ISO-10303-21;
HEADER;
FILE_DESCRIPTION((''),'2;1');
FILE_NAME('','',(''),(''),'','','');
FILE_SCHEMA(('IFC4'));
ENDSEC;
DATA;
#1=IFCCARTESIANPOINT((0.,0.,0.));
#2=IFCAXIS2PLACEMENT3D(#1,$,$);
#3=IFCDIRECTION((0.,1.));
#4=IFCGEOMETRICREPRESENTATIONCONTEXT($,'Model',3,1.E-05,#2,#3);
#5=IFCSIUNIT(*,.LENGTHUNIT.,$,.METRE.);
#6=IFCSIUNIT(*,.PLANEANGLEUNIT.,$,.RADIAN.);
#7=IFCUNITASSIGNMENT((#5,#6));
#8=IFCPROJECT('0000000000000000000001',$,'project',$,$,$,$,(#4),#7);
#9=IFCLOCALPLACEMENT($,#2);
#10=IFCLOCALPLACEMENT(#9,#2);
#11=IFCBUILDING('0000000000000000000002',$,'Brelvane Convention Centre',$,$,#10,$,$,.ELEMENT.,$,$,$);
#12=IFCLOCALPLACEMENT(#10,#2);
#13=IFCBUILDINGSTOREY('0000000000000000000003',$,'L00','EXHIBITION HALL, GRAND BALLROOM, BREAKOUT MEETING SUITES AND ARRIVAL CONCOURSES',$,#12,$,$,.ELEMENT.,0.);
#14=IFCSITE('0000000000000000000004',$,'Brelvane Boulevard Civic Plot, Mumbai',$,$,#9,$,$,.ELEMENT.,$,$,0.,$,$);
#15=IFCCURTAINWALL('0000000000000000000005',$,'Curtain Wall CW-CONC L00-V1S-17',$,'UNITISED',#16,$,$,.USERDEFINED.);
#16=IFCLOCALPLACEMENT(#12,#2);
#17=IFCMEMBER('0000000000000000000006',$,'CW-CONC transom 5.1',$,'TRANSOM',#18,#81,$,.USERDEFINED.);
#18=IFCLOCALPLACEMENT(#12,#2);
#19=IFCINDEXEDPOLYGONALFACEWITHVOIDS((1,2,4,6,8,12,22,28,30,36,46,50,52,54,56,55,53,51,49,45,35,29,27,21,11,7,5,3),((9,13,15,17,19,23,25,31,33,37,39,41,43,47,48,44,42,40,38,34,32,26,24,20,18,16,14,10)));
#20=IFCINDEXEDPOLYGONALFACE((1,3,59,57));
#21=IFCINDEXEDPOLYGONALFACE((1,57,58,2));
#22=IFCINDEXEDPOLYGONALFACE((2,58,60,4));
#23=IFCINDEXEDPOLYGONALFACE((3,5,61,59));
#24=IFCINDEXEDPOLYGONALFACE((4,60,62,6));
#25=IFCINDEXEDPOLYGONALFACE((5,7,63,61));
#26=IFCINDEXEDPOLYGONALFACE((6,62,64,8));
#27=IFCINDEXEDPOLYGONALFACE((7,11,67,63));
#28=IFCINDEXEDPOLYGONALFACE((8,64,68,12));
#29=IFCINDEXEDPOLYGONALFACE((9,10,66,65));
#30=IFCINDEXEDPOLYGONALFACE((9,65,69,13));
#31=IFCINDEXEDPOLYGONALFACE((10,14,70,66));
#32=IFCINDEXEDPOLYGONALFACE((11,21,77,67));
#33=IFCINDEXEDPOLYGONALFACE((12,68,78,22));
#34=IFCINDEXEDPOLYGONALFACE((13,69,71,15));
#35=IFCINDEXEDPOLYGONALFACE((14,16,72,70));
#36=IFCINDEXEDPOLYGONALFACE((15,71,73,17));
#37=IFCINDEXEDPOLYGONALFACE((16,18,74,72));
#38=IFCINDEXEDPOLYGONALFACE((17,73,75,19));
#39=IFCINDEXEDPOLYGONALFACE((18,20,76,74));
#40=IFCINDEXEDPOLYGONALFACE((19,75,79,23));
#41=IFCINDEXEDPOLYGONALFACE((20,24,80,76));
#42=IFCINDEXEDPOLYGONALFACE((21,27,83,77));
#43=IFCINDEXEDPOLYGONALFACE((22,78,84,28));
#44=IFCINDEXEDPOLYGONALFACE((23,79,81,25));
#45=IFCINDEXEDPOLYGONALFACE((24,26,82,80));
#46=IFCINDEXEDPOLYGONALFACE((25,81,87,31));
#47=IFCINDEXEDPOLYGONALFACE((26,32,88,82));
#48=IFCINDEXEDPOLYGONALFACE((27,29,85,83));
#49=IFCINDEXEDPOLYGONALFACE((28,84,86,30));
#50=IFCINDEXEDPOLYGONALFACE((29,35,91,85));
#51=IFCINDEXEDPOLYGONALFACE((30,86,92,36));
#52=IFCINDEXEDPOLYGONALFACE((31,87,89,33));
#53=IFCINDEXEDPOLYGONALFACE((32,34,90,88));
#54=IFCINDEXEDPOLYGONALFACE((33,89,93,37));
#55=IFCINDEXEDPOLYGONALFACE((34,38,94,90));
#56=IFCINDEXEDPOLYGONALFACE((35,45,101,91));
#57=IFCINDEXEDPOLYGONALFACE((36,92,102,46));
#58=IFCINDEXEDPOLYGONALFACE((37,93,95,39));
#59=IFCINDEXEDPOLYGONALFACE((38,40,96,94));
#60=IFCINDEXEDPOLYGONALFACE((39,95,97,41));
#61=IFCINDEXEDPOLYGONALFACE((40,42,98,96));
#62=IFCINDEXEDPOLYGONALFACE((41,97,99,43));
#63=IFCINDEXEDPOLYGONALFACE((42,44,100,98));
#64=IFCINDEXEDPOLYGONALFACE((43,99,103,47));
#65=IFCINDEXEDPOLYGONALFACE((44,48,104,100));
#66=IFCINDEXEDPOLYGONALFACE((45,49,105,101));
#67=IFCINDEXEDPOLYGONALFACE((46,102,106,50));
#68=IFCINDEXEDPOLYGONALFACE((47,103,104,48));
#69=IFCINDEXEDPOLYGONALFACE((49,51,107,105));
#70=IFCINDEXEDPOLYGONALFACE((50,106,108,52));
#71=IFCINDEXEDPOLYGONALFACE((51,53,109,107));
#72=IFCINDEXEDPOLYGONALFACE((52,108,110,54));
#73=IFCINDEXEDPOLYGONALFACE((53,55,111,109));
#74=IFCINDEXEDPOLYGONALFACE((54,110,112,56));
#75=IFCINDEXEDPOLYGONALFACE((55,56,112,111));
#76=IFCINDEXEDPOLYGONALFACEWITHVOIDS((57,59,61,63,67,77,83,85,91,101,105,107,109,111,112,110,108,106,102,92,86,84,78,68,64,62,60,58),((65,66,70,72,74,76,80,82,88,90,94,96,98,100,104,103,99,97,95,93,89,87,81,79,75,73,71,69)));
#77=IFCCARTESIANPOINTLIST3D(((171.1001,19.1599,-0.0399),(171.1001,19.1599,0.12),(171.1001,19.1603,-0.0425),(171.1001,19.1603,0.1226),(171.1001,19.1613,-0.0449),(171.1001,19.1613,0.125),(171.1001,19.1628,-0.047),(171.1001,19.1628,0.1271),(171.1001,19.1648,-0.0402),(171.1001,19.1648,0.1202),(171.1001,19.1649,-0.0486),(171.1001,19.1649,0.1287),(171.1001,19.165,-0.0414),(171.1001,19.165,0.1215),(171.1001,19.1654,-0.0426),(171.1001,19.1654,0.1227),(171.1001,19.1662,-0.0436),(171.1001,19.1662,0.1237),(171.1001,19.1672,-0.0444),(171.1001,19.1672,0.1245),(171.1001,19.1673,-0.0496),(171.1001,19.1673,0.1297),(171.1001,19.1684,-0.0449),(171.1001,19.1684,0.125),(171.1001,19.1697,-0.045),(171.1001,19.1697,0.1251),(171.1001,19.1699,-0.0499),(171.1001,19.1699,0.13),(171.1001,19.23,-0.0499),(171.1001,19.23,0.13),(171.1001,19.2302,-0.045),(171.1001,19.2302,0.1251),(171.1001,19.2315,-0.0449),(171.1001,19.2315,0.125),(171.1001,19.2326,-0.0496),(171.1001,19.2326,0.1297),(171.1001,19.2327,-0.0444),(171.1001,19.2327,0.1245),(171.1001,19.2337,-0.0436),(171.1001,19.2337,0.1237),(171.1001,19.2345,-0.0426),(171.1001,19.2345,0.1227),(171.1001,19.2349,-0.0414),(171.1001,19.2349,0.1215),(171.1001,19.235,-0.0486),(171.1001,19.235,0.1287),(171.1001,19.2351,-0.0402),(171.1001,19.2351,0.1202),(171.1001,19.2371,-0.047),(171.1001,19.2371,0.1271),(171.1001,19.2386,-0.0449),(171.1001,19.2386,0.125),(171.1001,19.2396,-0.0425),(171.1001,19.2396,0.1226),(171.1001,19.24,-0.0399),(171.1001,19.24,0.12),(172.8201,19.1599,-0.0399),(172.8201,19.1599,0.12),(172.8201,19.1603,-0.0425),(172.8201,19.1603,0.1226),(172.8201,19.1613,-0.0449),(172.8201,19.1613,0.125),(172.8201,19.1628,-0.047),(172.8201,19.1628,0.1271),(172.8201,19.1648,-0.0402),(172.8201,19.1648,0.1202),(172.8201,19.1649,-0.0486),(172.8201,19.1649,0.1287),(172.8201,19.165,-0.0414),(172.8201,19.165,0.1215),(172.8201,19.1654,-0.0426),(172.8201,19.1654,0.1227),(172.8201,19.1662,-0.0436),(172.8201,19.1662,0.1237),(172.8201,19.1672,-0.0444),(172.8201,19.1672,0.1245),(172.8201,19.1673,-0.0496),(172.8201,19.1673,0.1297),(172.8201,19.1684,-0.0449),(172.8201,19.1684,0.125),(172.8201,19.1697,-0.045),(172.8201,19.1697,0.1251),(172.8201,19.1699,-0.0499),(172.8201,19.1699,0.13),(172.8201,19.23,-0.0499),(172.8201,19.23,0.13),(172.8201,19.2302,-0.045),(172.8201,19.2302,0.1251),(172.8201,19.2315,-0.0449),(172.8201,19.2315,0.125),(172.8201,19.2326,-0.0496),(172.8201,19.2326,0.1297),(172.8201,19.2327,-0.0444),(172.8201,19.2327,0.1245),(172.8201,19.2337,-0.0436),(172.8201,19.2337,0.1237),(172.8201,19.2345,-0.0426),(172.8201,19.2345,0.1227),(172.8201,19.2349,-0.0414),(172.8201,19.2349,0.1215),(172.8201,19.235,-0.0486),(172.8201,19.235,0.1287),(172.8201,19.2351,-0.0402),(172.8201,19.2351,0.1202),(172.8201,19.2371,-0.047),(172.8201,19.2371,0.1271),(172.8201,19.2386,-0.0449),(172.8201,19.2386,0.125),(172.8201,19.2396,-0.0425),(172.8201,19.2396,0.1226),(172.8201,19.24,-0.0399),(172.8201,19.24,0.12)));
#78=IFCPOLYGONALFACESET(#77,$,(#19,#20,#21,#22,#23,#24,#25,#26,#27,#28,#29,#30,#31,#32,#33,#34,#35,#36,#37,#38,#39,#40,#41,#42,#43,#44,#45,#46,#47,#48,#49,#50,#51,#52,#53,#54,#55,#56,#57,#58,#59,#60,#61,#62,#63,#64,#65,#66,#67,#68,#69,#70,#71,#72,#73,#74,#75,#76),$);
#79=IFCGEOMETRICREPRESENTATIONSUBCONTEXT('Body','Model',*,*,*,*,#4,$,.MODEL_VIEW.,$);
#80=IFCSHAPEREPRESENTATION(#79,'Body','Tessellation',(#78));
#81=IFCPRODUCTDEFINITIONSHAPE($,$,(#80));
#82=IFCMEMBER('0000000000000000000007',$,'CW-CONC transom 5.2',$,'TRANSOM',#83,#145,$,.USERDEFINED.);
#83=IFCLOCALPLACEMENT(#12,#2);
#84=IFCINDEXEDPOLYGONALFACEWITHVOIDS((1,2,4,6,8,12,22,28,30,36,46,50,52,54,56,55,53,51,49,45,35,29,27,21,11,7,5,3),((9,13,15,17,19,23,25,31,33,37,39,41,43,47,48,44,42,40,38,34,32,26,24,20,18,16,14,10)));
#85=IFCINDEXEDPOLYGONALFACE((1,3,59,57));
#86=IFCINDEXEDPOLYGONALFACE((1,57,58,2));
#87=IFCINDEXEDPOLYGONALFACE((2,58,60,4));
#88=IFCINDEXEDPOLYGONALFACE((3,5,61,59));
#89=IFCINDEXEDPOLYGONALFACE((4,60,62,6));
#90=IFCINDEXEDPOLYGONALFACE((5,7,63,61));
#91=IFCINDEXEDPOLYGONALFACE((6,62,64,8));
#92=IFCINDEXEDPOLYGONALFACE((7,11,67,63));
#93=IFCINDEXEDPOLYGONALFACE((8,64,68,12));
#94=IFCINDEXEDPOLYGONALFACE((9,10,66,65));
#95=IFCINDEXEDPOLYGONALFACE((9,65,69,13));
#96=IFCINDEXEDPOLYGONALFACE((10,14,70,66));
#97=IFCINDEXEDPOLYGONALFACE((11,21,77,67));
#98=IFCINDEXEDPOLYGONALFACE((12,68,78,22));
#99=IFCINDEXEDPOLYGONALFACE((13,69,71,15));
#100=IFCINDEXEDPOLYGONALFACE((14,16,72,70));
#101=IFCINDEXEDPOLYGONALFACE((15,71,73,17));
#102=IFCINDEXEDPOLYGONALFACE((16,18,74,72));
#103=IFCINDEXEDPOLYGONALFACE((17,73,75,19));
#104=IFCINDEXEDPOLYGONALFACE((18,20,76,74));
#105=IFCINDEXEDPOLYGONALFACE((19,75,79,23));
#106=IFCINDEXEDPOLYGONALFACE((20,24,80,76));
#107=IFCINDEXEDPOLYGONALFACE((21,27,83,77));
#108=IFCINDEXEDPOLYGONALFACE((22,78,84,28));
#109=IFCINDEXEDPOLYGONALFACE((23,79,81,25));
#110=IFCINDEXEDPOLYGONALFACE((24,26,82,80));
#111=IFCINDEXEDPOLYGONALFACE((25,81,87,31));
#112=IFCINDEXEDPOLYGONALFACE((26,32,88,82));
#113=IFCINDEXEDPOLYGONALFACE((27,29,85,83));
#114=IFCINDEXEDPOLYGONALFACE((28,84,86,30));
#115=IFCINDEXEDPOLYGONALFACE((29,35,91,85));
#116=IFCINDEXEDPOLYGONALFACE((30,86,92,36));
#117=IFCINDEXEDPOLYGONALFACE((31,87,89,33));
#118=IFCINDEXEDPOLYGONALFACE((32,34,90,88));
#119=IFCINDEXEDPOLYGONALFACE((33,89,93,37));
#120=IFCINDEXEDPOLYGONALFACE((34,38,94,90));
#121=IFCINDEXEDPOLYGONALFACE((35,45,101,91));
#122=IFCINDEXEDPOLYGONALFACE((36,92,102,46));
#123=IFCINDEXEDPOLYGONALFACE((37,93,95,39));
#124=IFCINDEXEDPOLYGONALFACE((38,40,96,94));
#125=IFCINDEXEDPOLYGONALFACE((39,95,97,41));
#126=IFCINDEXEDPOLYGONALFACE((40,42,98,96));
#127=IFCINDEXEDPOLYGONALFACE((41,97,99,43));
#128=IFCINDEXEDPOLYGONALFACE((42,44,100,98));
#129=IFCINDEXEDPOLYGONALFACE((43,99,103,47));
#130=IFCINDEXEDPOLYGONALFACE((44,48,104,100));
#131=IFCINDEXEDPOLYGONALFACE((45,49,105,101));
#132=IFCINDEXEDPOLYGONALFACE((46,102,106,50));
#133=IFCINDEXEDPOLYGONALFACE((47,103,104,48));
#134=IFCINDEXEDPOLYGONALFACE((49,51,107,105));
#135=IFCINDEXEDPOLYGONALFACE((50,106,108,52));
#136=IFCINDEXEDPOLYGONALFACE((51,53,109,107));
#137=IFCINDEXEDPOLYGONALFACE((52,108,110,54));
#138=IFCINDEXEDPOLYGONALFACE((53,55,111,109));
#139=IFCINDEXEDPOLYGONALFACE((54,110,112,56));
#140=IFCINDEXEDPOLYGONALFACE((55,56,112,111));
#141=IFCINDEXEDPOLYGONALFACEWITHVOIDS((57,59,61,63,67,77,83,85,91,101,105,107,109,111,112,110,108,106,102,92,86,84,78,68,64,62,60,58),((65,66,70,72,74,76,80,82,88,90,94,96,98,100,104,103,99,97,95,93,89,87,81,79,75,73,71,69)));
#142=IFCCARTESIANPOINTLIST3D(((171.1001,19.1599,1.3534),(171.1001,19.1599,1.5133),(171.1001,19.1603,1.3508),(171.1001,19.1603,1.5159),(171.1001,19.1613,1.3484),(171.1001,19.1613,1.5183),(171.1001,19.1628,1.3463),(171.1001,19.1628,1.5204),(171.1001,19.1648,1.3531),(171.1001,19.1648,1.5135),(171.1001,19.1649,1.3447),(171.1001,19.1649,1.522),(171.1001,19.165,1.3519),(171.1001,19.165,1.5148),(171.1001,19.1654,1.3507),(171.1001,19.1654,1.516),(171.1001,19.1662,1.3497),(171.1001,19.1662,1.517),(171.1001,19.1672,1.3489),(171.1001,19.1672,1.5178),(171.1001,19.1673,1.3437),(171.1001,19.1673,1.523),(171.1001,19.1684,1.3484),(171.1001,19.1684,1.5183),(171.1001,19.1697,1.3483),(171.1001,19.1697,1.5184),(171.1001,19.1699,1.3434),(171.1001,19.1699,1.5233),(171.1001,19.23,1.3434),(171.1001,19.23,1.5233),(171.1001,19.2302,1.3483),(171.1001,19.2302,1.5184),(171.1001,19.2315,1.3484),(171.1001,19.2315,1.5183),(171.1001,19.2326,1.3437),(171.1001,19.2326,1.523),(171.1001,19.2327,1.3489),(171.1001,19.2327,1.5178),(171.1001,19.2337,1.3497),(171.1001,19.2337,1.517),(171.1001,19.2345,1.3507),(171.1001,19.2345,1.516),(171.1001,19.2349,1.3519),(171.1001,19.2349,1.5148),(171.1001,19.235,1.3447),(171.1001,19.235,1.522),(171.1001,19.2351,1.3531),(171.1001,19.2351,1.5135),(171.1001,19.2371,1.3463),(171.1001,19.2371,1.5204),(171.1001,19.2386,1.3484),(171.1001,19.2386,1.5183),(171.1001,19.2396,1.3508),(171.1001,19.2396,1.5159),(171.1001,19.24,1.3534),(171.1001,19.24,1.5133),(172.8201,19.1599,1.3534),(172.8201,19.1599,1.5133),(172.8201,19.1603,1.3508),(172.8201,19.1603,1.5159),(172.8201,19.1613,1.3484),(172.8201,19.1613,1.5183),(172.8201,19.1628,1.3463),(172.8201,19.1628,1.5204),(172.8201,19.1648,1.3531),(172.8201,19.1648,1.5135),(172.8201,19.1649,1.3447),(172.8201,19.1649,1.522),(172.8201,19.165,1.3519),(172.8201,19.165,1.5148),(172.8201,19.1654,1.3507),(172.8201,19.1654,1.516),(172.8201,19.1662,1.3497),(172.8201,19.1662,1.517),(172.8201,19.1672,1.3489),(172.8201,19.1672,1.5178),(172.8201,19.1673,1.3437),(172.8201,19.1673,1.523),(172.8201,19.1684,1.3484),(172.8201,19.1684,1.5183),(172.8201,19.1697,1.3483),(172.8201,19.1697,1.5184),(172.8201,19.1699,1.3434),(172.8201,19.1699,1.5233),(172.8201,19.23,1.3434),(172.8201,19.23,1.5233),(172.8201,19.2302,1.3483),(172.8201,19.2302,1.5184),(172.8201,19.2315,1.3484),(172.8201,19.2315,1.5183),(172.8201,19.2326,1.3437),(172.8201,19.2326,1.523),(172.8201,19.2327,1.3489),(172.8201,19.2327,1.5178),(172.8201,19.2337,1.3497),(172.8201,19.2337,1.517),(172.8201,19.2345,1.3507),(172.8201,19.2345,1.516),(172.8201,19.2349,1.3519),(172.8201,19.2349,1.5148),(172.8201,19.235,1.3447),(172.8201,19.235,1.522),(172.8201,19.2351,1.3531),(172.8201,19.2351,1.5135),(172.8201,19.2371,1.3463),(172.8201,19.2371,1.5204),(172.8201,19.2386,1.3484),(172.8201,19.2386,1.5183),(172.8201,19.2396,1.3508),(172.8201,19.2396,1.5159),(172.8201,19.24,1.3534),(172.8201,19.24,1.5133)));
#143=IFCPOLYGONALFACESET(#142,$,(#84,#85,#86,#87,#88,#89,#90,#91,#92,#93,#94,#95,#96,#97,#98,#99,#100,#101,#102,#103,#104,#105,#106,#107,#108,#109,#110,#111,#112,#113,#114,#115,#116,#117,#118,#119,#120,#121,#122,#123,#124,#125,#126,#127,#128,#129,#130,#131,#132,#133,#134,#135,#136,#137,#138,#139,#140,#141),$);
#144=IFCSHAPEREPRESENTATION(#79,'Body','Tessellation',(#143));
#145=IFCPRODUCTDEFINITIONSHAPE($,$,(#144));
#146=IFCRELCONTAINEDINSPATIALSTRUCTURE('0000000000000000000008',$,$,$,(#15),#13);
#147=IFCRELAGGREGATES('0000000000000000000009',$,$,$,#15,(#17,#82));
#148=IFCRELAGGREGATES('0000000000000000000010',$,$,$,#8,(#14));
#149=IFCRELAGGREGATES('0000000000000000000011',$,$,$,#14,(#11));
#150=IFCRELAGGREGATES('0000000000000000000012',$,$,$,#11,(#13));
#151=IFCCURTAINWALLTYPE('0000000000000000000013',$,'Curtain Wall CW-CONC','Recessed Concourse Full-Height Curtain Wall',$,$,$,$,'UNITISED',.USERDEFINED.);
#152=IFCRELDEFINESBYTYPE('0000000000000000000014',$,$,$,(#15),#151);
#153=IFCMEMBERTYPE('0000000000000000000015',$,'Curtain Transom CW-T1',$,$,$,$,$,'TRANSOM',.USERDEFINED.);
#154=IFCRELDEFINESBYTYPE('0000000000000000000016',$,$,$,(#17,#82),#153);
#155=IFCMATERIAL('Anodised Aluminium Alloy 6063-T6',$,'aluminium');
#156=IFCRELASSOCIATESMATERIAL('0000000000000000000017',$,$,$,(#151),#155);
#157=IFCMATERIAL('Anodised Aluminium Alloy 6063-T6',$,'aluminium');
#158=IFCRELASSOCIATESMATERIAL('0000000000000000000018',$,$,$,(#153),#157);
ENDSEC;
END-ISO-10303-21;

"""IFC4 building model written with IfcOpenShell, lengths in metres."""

from ifc_helpers import new_model, si_unit, direction, frame, origin, origin_2d, place, context, subcontext, project, spatial, hollow_rectangle, extrude, material, material_profile, profile_set, type_object, element, aggregate, save


model = new_model("IFC4")

# Units and contexts
model_context = context("Model", 3, precision=1e-05, world=origin(), true_north=direction((0.0, 1.0)))
body_context = subcontext(model_context, "Body", "Model", "MODEL_VIEW")
ifc_project = project(units=[si_unit("LENGTHUNIT", "METRE"), si_unit("PLANEANGLEUNIT", "RADIAN")], contexts=[model_context])

# Site, building, storey
site_placement = place(None, origin())
site = spatial("IfcSite", under=ifc_project, at=site_placement, Name="Brelvane Boulevard Civic Plot, Mumbai", CompositionType="ELEMENT", RefElevation=0.0)
building_placement = place(site_placement, origin())
building = spatial("IfcBuilding", under=site, at=building_placement, Name="Brelvane Convention Centre", CompositionType="ELEMENT")
storey_placement = place(building_placement, origin())
storey = spatial("IfcBuildingStorey", under=building, at=storey_placement, Name="L00", Description="EXHIBITION HALL, GRAND BALLROOM, BREAKOUT MEETING SUITES AND ARRIVAL CONCOURSES", CompositionType="ELEMENT", Elevation=0.0)

# Curtain wall, members
ifc_material_1 = material(Name="Anodised Aluminium Alloy 6063-T6", Category="aluminium")
curtain_wall_type = type_object("IfcCurtainWallType", Name="Curtain Wall CW-CONC", Description="Recessed Concourse Full-Height Curtain Wall", ElementType="UNITISED", PredefinedType="USERDEFINED", material=ifc_material_1)
curtain_wall_placement = place(storey_placement, origin())
curtain_wall = element("IfcCurtainWall", 1, at=curtain_wall_placement, inside=storey, type_object=curtain_wall_type, Name="Curtain Wall CW-CONC L00-V1S-17", ObjectType="UNITISED", PredefinedType="USERDEFINED")
ifc_material_2 = material(Name="Anodised Aluminium Alloy 6063-T6", Category="aluminium")
ifc_material_profile_1 = material_profile(ifc_material_2, hollow_rectangle(XDim=0.0801, YDim=0.1799, WallThickness=0.0049, InnerFilletRadius=0.0049, OuterFilletRadius=0.01, at=origin_2d()), Name="ALU-T 180x80x5.0")
ifc_profile_set_1 = profile_set([ifc_material_profile_1], Name="Anodised Aluminium Alloy 6063-T6")
member_type_1 = type_object("IfcMemberType", Name="Curtain Transom CW-T1", ElementType="TRANSOM", PredefinedType="USERDEFINED", material=ifc_profile_set_1)
member_1_placement = place(storey_placement, frame((171.1001, 19.2, 0.04), z_axis=(1.0, 0.0, 0.0), x_axis=(0.0, 1.0, 0.0)))
member_1 = element("IfcMember", 2, at=member_1_placement, type_object=member_type_1, Name="CW-CONC transom 5.1", ObjectType="TRANSOM", PredefinedType="USERDEFINED", context=body_context, shape_type="SweptSolid", body=[
    extrude(hollow_rectangle(XDim=0.0801, YDim=0.1799, WallThickness=0.0049, InnerFilletRadius=0.0049, OuterFilletRadius=0.01, at=origin_2d()), origin(), (0.0, 0.0, 1.0), 1.72),
])
member_2_placement = place(storey_placement, frame((171.1001, 19.2, 1.4333), z_axis=(1.0, 0.0, 0.0), x_axis=(0.0, 1.0, 0.0)))
member_2 = element("IfcMember", 3, at=member_2_placement, type_object=member_type_1, Name="CW-CONC transom 5.2", ObjectType="TRANSOM", PredefinedType="USERDEFINED", context=body_context, shape_type="SweptSolid", body=[
    extrude(hollow_rectangle(XDim=0.0801, YDim=0.1799, WallThickness=0.0049, InnerFilletRadius=0.0049, OuterFilletRadius=0.01, at=origin_2d()), origin(), (0.0, 0.0, 1.0), 1.72),
])

aggregate(curtain_wall, [member_1, member_2])

save(model, "model.ifc")
